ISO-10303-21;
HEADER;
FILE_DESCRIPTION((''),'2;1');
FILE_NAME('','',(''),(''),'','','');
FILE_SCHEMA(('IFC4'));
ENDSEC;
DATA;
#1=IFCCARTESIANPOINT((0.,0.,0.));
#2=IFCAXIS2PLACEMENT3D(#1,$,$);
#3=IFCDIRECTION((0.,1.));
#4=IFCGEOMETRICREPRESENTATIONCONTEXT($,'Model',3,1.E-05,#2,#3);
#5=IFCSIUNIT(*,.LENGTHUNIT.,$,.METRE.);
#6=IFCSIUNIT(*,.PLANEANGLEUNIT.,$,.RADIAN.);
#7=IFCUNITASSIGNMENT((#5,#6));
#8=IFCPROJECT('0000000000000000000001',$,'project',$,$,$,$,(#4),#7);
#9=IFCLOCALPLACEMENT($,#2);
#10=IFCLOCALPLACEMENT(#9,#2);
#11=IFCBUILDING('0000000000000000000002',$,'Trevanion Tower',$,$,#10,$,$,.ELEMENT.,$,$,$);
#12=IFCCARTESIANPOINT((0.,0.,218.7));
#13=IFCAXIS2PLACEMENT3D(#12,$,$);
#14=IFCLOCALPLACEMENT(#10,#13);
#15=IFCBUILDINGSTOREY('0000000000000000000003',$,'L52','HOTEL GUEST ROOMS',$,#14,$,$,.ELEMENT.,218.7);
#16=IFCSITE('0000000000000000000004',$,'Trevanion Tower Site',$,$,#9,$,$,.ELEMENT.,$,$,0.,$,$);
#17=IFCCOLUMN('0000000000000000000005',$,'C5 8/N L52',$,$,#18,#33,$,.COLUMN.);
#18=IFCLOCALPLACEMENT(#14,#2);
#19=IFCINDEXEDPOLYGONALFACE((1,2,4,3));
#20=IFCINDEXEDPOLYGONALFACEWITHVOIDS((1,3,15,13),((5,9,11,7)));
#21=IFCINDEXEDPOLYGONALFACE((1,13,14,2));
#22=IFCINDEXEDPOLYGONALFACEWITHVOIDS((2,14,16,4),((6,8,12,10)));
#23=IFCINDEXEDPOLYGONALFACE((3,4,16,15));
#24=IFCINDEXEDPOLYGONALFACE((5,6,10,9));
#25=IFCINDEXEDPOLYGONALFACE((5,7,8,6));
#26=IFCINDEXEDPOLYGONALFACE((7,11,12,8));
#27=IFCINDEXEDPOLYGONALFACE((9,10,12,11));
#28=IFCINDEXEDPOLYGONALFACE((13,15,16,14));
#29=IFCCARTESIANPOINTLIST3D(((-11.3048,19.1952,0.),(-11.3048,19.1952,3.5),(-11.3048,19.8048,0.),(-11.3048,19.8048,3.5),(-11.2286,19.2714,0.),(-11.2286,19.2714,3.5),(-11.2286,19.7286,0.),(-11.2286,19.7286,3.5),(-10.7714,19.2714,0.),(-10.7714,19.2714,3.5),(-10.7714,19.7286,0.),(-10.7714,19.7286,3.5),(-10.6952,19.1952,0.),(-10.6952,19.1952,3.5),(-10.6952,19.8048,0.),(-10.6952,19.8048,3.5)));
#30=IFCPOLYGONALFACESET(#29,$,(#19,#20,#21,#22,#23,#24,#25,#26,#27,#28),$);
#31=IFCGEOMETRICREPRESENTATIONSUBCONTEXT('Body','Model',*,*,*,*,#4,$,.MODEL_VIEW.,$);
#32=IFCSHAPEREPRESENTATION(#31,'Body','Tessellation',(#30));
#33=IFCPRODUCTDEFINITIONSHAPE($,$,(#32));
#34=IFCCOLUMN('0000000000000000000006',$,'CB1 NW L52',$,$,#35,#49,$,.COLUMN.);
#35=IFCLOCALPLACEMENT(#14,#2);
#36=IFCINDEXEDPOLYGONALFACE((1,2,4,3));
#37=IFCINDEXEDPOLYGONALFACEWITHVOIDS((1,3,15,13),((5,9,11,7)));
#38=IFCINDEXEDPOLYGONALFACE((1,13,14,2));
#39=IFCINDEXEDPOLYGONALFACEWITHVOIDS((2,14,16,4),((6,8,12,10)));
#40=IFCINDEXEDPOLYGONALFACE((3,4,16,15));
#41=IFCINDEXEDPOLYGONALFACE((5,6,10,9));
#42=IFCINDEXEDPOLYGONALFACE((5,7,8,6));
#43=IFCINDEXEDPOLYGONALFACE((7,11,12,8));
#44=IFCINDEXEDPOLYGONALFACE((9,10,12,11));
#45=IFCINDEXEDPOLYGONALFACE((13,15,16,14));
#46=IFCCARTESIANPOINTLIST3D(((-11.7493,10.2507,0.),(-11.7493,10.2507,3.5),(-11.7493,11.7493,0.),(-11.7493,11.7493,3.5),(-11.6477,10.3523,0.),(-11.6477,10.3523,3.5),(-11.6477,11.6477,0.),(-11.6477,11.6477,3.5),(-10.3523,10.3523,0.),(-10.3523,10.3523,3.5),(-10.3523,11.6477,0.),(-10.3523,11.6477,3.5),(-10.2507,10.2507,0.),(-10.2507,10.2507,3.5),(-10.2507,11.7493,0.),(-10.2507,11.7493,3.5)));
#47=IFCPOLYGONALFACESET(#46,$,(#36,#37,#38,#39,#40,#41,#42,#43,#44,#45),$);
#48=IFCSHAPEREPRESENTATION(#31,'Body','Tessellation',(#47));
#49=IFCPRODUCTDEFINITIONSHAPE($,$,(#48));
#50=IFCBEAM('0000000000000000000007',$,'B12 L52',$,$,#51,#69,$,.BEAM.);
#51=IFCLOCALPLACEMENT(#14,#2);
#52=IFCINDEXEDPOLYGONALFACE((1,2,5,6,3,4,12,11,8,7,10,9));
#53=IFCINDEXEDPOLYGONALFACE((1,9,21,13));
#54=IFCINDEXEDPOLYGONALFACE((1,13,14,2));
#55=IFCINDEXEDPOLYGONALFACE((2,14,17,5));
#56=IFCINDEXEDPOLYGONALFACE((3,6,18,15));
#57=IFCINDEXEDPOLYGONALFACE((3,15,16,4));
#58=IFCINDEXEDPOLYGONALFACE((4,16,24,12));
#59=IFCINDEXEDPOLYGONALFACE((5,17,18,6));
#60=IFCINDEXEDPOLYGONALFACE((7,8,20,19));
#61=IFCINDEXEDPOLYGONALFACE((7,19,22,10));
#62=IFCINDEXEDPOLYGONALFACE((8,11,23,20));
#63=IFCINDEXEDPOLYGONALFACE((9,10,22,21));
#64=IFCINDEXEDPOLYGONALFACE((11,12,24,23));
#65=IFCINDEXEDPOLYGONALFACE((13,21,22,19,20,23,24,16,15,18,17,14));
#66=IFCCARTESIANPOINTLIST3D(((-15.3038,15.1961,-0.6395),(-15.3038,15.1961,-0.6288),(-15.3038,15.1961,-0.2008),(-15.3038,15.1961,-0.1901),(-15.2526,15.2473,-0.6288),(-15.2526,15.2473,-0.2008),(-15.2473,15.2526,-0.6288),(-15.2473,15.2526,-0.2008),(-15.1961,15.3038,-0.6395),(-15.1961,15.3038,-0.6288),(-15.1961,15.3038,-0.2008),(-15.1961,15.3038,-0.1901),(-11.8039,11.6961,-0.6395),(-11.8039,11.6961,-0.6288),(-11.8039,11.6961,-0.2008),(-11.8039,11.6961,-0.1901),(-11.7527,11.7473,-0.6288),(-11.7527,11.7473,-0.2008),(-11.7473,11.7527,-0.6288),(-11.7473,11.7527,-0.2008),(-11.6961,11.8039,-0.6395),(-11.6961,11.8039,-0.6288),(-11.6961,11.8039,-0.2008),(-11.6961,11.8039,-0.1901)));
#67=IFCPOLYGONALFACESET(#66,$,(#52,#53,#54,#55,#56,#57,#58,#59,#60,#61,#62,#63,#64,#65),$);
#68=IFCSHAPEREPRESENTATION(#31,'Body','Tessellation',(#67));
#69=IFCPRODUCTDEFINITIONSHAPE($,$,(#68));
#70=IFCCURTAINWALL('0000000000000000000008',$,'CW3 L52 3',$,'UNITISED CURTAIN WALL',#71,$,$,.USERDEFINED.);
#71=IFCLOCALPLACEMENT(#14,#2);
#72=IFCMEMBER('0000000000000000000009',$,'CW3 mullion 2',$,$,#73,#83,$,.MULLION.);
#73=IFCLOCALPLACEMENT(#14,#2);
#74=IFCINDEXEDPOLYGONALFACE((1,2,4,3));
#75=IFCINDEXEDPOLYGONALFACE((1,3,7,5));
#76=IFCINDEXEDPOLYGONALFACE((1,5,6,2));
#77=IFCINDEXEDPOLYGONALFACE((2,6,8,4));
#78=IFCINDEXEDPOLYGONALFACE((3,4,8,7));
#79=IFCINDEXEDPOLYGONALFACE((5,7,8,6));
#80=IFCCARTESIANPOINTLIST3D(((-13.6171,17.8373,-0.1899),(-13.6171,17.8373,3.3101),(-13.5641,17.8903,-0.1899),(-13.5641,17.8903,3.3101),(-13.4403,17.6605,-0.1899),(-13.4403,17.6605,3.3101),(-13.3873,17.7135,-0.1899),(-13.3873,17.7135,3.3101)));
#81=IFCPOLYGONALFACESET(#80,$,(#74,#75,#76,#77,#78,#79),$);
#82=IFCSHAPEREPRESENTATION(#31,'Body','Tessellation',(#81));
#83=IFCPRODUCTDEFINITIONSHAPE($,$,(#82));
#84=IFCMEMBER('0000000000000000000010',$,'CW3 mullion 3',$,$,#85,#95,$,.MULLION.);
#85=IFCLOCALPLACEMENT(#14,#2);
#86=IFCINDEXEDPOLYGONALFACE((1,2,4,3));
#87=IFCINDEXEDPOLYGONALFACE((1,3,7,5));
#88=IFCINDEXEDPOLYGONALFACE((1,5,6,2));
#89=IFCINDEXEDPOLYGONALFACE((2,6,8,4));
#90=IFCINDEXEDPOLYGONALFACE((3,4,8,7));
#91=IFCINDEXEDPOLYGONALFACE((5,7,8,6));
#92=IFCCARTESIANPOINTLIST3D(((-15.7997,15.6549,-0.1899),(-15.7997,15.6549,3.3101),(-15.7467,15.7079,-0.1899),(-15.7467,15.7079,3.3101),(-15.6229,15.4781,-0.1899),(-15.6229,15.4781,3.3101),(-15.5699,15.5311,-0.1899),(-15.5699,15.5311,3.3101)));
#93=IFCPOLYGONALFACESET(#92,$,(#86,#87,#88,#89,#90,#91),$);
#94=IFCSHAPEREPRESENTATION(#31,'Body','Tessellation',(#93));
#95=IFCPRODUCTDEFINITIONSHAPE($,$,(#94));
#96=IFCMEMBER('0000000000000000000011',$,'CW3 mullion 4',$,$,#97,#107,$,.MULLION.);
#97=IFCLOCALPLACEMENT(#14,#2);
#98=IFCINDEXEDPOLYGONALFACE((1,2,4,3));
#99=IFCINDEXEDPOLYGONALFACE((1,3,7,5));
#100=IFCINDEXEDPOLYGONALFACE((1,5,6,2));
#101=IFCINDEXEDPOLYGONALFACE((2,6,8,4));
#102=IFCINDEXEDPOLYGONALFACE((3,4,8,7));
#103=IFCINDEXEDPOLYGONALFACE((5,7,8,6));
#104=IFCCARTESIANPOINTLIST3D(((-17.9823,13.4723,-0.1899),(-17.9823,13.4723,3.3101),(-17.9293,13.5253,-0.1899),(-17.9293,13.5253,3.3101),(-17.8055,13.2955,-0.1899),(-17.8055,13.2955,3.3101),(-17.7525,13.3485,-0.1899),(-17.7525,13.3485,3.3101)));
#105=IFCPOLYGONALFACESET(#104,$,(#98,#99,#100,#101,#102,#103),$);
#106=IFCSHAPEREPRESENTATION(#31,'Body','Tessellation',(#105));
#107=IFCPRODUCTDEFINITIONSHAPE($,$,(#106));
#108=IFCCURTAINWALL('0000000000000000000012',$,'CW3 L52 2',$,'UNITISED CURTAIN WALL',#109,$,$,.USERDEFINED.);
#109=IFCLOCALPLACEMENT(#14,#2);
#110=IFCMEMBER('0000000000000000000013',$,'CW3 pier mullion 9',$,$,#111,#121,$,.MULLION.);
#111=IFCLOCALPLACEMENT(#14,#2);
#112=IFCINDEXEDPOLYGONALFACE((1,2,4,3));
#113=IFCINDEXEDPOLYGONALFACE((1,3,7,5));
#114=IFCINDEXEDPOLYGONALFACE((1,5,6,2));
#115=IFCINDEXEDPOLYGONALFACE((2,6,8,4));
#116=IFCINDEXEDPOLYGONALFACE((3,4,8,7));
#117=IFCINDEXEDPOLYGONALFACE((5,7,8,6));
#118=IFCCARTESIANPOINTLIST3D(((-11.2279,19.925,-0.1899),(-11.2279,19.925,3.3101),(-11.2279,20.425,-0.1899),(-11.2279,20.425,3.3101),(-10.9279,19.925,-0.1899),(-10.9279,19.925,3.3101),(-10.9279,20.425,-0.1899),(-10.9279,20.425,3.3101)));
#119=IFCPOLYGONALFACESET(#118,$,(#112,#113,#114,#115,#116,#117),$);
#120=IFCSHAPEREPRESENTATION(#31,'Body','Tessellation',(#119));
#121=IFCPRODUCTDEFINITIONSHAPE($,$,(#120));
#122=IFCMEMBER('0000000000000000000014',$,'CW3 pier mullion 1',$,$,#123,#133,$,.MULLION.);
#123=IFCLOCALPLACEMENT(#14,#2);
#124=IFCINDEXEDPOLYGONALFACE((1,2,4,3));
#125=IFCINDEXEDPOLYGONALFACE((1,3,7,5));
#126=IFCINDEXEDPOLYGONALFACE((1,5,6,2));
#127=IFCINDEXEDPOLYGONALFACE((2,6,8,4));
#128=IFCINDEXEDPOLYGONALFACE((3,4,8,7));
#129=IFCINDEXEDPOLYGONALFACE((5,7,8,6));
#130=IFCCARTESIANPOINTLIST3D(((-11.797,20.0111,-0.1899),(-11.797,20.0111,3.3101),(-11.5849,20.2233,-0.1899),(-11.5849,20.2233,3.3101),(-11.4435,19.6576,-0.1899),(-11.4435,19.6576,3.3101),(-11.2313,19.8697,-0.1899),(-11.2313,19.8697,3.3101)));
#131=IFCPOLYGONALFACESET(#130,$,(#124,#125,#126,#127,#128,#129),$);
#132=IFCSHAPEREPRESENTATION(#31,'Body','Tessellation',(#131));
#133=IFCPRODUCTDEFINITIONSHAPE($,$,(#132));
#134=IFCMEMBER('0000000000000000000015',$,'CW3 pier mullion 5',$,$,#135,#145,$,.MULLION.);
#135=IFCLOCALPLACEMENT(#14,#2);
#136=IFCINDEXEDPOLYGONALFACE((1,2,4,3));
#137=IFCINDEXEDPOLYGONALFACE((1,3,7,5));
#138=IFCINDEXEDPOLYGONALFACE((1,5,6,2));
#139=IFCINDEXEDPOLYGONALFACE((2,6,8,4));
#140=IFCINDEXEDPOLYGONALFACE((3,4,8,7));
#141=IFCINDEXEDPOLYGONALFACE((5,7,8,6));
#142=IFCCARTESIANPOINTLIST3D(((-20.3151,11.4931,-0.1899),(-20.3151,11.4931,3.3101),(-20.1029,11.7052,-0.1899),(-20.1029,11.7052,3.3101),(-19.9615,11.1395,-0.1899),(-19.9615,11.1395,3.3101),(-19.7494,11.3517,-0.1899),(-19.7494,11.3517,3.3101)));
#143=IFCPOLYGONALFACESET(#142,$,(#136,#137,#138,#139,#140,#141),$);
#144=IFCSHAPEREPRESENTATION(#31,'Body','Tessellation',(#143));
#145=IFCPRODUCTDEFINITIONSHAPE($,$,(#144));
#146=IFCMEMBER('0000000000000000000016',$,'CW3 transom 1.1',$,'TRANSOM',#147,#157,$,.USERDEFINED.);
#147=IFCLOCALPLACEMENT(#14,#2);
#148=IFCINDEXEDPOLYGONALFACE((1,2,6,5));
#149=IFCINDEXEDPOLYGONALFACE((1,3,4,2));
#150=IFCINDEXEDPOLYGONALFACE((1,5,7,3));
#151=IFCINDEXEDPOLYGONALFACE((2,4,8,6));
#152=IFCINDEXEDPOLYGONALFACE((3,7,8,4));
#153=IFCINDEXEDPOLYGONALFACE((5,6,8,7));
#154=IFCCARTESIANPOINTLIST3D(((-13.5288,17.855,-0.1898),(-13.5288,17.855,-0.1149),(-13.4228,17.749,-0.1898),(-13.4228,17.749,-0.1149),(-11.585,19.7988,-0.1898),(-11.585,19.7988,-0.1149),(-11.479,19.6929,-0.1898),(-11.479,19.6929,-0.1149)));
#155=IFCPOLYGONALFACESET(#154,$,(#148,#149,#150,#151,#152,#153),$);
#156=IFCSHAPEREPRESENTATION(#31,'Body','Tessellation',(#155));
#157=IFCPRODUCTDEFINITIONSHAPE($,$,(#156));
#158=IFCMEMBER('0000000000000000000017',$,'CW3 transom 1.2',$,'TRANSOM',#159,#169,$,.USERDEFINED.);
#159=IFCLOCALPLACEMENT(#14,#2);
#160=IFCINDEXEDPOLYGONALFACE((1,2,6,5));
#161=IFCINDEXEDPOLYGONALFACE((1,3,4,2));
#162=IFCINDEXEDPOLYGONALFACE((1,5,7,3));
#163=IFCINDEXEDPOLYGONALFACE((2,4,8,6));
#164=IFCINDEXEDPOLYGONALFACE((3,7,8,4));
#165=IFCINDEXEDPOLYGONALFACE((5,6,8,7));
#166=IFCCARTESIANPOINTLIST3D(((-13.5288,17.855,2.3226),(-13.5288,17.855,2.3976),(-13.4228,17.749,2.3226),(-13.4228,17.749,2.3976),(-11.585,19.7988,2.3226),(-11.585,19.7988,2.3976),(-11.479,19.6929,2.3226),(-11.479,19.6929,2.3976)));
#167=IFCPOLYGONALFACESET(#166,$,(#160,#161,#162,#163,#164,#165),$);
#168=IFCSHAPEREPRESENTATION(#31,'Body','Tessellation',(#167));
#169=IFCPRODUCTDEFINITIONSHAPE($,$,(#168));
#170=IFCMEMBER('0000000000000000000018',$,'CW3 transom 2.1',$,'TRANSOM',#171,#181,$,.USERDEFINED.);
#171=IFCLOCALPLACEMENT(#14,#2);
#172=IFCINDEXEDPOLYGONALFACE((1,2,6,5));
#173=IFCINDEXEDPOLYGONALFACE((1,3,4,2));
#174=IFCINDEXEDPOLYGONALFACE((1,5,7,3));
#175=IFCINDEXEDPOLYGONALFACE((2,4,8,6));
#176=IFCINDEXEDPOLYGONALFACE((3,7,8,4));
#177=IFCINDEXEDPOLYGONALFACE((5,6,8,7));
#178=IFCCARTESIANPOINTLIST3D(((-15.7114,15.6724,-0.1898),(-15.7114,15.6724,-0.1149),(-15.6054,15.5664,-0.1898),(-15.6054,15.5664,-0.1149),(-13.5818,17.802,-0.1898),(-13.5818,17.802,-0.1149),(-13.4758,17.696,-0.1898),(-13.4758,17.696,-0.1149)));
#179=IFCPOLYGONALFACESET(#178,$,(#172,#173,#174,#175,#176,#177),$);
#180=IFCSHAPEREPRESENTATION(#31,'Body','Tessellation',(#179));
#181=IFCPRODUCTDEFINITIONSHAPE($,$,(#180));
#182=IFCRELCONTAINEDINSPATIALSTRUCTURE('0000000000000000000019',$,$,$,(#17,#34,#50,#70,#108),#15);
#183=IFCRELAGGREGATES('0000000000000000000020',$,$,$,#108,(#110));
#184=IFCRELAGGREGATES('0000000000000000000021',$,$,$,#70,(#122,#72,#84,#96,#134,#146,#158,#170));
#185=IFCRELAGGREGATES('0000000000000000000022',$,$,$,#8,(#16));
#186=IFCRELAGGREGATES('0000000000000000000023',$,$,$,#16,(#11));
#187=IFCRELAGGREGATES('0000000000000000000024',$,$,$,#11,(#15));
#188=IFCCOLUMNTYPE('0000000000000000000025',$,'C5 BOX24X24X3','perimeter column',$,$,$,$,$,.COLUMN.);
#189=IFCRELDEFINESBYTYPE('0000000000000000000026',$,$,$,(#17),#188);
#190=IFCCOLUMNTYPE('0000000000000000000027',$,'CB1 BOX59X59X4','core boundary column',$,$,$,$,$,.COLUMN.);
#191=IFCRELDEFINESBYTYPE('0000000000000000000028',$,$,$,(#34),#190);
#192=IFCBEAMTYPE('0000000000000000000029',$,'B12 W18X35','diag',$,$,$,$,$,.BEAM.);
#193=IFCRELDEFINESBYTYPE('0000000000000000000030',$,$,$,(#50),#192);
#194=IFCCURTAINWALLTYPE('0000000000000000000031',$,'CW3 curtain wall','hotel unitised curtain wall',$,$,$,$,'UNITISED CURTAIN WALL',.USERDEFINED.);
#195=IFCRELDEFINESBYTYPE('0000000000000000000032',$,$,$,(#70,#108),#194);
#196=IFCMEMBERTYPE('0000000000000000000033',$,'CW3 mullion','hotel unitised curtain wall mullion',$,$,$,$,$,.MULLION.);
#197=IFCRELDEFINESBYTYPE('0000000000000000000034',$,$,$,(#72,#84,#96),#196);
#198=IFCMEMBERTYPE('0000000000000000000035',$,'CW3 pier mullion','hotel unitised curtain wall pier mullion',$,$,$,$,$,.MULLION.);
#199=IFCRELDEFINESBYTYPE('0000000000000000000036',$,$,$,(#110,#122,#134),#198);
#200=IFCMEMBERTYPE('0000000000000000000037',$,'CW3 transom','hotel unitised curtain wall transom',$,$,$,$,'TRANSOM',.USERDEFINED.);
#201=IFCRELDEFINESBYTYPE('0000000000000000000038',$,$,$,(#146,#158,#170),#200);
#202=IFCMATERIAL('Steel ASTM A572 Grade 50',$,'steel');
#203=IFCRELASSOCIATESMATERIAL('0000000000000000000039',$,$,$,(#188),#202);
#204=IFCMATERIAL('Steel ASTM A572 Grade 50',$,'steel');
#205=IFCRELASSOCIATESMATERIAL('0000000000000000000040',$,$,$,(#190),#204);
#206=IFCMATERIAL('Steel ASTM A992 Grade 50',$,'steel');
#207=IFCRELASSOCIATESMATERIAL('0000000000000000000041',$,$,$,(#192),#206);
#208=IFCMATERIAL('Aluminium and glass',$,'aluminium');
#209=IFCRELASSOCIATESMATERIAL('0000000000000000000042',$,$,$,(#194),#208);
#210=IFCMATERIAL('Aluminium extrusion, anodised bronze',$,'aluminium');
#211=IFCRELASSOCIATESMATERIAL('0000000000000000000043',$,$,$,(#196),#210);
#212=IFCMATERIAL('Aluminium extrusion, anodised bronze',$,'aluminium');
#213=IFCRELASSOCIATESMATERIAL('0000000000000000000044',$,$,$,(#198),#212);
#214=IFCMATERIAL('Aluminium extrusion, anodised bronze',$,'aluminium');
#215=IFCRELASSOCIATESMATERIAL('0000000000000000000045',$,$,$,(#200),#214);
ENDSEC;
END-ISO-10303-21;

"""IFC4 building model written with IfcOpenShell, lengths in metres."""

from ifc_helpers import new_model, si_unit, direction, frame, origin, origin_2d, place, context, subcontext, project, spatial, rectangle, hollow_rectangle, i_section, extrude, material, material_profile, profile_set, type_object, element, aggregate, save


model = new_model("IFC4")

# Units and contexts
model_context = context("Model", 3, precision=1e-05, world=origin(), true_north=direction((0.0, 1.0)))
body_context = subcontext(model_context, "Body", "Model", "MODEL_VIEW")
ifc_project = project(units=[si_unit("LENGTHUNIT", "METRE"), si_unit("PLANEANGLEUNIT", "RADIAN")], contexts=[model_context])

# Site, building, storey
site_placement = place(None, origin())
site = spatial("IfcSite", under=ifc_project, at=site_placement, Name="Trevanion Tower Site", CompositionType="ELEMENT", RefElevation=0.0)
building_placement = place(site_placement, origin())
building = spatial("IfcBuilding", under=site, at=building_placement, Name="Trevanion Tower", CompositionType="ELEMENT")
storey_placement = place(building_placement, frame((0.0, 0.0, 218.7)))
storey = spatial("IfcBuildingStorey", under=building, at=storey_placement, Name="L52", Description="HOTEL GUEST ROOMS", CompositionType="ELEMENT", Elevation=218.7)

# Columns
ifc_material_1 = material(Name="Steel ASTM A572 Grade 50", Category="steel")
ifc_material_profile_1 = material_profile(ifc_material_1, hollow_rectangle(XDim=0.6096, YDim=0.6096, WallThickness=0.0762, at=origin_2d()), Name="BOX24X24X3")
ifc_profile_set_1 = profile_set([ifc_material_profile_1], Name="Steel ASTM A572 Grade 50")
column_type_1 = type_object("IfcColumnType", Name="C5 BOX24X24X3", Description="perimeter column", PredefinedType="COLUMN", material=ifc_profile_set_1)
column_1_placement = place(storey_placement, frame((-11.0, 19.5, 0.0), z_axis=(0.0, 0.0, 1.0), x_axis=(1.0, 0.0, 0.0)))
element("IfcColumn", 1, at=column_1_placement, inside=storey, type_object=column_type_1, Name="C5 8/N L52", PredefinedType="COLUMN", context=body_context, shape_type="SweptSolid", body=[
    extrude(hollow_rectangle(XDim=0.6096, YDim=0.6096, WallThickness=0.0762, at=origin_2d()), origin(), (0.0, 0.0, 1.0), 3.5),
])
ifc_material_2 = material(Name="Steel ASTM A572 Grade 50", Category="steel")
ifc_material_profile_2 = material_profile(ifc_material_2, hollow_rectangle(XDim=1.4985, YDim=1.4985, WallThickness=0.1016, at=origin_2d()), Name="BOX59X59X4")
ifc_profile_set_2 = profile_set([ifc_material_profile_2], Name="Steel ASTM A572 Grade 50")
column_type_2 = type_object("IfcColumnType", Name="CB1 BOX59X59X4", Description="core boundary column", PredefinedType="COLUMN", material=ifc_profile_set_2)
column_2_placement = place(storey_placement, frame((-11.0, 11.0, 0.0), z_axis=(0.0, 0.0, 1.0), x_axis=(1.0, 0.0, 0.0)))
element("IfcColumn", 2, at=column_2_placement, inside=storey, type_object=column_type_2, Name="CB1 NW L52", PredefinedType="COLUMN", context=body_context, shape_type="SweptSolid", body=[
    extrude(hollow_rectangle(XDim=1.4985, YDim=1.4985, WallThickness=0.1016, at=origin_2d()), origin(), (0.0, 0.0, 1.0), 3.5),
])

# Beam
ifc_material_3 = material(Name="Steel ASTM A992 Grade 50", Category="steel")
ifc_material_profile_3 = material_profile(ifc_material_3, i_section(OverallWidth=0.1523, OverallDepth=0.4495, WebThickness=0.0076, FlangeThickness=0.0107, at=origin_2d()), Name="W18X35")
ifc_profile_set_3 = profile_set([ifc_material_profile_3], Name="Steel ASTM A992 Grade 50")
beam_type_1 = type_object("IfcBeamType", Name="B12 W18X35", Description="diag", PredefinedType="BEAM", material=ifc_profile_set_3)
beam_1_placement = place(storey_placement, frame((-11.75, 11.75, -0.4148), z_axis=(-0.707107, 0.707107, 0.0), x_axis=(-0.707107, -0.707107, 0.0)))
element("IfcBeam", 3, at=beam_1_placement, inside=storey, type_object=beam_type_1, Name="B12 L52", PredefinedType="BEAM", context=body_context, shape_type="SweptSolid", body=[
    extrude(i_section(OverallWidth=0.1523, OverallDepth=0.4495, WebThickness=0.0076, FlangeThickness=0.0107, at=origin_2d()), origin(), (0.0, 0.0, 1.0), 4.9497),
])

# Curtain wall, members
ifc_material_4 = material(Name="Aluminium and glass", Category="aluminium")
curtain_wall_type = type_object("IfcCurtainWallType", Name="CW3 curtain wall", Description="hotel unitised curtain wall", ElementType="UNITISED CURTAIN WALL", PredefinedType="USERDEFINED", material=ifc_material_4)
curtain_wall_1_placement = place(storey_placement, origin())
curtain_wall_1 = element("IfcCurtainWall", 4, at=curtain_wall_1_placement, inside=storey, type_object=curtain_wall_type, Name="CW3 L52 3", ObjectType="UNITISED CURTAIN WALL", PredefinedType="USERDEFINED")
ifc_material_5 = material(Name="Aluminium extrusion, anodised bronze", Category="aluminium")
ifc_material_profile_4 = material_profile(ifc_material_5, rectangle(XDim=0.075, YDim=0.25, at=origin_2d()), Name="CW3 mullion")
ifc_profile_set_4 = profile_set([ifc_material_profile_4], Name="Aluminium extrusion, anodised bronze")
member_type_1 = type_object("IfcMemberType", Name="CW3 mullion", Description="hotel unitised curtain wall mullion", PredefinedType="MULLION", material=ifc_profile_set_4)
member_1_placement = place(storey_placement, frame((-13.5022, 17.7754, -0.1899), z_axis=(0.0, 0.0, 1.0), x_axis=(-0.707107, -0.707107, 0.0)))
member_1 = element("IfcMember", 5, at=member_1_placement, type_object=member_type_1, Name="CW3 mullion 2", PredefinedType="MULLION", context=body_context, shape_type="SweptSolid", body=[
    extrude(rectangle(XDim=0.075, YDim=0.25, at=origin_2d()), origin(), (0.0, 0.0, 1.0), 3.5),
])
member_2_placement = place(storey_placement, frame((-15.6848, 15.593, -0.1899), z_axis=(0.0, 0.0, 1.0), x_axis=(-0.707107, -0.707107, 0.0)))
member_2 = element("IfcMember", 6, at=member_2_placement, type_object=member_type_1, Name="CW3 mullion 3", PredefinedType="MULLION", context=body_context, shape_type="SweptSolid", body=[
    extrude(rectangle(XDim=0.075, YDim=0.25, at=origin_2d()), origin(), (0.0, 0.0, 1.0), 3.5),
])
member_3_placement = place(storey_placement, frame((-17.8674, 13.4104, -0.1899), z_axis=(0.0, 0.0, 1.0), x_axis=(-0.707107, -0.707107, 0.0)))
member_3 = element("IfcMember", 7, at=member_3_placement, type_object=member_type_1, Name="CW3 mullion 4", PredefinedType="MULLION", context=body_context, shape_type="SweptSolid", body=[
    extrude(rectangle(XDim=0.075, YDim=0.25, at=origin_2d()), origin(), (0.0, 0.0, 1.0), 3.5),
])

# Curtain wall, member
curtain_wall_2_placement = place(storey_placement, origin())
curtain_wall_2 = element("IfcCurtainWall", 8, at=curtain_wall_2_placement, inside=storey, type_object=curtain_wall_type, Name="CW3 L52 2", ObjectType="UNITISED CURTAIN WALL", PredefinedType="USERDEFINED")
ifc_material_6 = material(Name="Aluminium extrusion, anodised bronze", Category="aluminium")
ifc_material_profile_5 = material_profile(ifc_material_6, rectangle(XDim=0.3, YDim=0.5, at=origin_2d()), Name="CW3 pier mullion")
ifc_profile_set_5 = profile_set([ifc_material_profile_5], Name="Aluminium extrusion, anodised bronze")
member_type_2 = type_object("IfcMemberType", Name="CW3 pier mullion", Description="hotel unitised curtain wall pier mullion", PredefinedType="MULLION", material=ifc_profile_set_5)
member_4_placement = place(storey_placement, frame((-11.0779, 20.175, -0.1899), z_axis=(0.0, 0.0, 1.0), x_axis=(-1.0, 0.0, 0.0)))
member_4 = element("IfcMember", 9, at=member_4_placement, type_object=member_type_2, Name="CW3 pier mullion 9", PredefinedType="MULLION", context=body_context, shape_type="SweptSolid", body=[
    extrude(rectangle(XDim=0.3, YDim=0.5, at=origin_2d()), origin(), (0.0, 0.0, 1.0), 3.5),
])
aggregate(curtain_wall_2, [member_4])

# Members
member_5_placement = place(storey_placement, frame((-11.5142, 19.9404, -0.1899), z_axis=(0.0, 0.0, 1.0), x_axis=(-0.707107, -0.707107, 0.0)))
member_5 = element("IfcMember", 10, at=member_5_placement, type_object=member_type_2, Name="CW3 pier mullion 1", PredefinedType="MULLION", context=body_context, shape_type="SweptSolid", body=[
    extrude(rectangle(XDim=0.3, YDim=0.5, at=origin_2d()), origin(), (0.0, 0.0, 1.0), 3.5),
])
member_6_placement = place(storey_placement, frame((-20.0322, 11.4224, -0.1899), z_axis=(0.0, 0.0, 1.0), x_axis=(-0.707107, -0.707107, 0.0)))
member_6 = element("IfcMember", 11, at=member_6_placement, type_object=member_type_2, Name="CW3 pier mullion 5", PredefinedType="MULLION", context=body_context, shape_type="SweptSolid", body=[
    extrude(rectangle(XDim=0.3, YDim=0.5, at=origin_2d()), origin(), (0.0, 0.0, 1.0), 3.5),
])
ifc_material_7 = material(Name="Aluminium extrusion, anodised bronze", Category="aluminium")
ifc_material_profile_6 = material_profile(ifc_material_7, rectangle(XDim=0.1499, YDim=0.075, at=origin_2d()), Name="CW3 transom")
ifc_profile_set_6 = profile_set([ifc_material_profile_6], Name="Aluminium extrusion, anodised bronze")
member_type_3 = type_object("IfcMemberType", Name="CW3 transom", Description="hotel unitised curtain wall transom", ElementType="TRANSOM", PredefinedType="USERDEFINED", material=ifc_profile_set_6)
member_7_placement = place(storey_placement, frame((-11.532, 19.7458, -0.1523), z_axis=(-0.707107, -0.707107, 0.0), x_axis=(0.707107, -0.707107, 0.0)))
member_7 = element("IfcMember", 12, at=member_7_placement, type_object=member_type_3, Name="CW3 transom 1.1", ObjectType="TRANSOM", PredefinedType="USERDEFINED", context=body_context, shape_type="SweptSolid", body=[
    extrude(rectangle(XDim=0.1499, YDim=0.075, at=origin_2d()), origin(), (0.0, 0.0, 1.0), 2.749),
])
member_8_placement = place(storey_placement, frame((-11.532, 19.7458, 2.3601), z_axis=(-0.707107, -0.707107, 0.0), x_axis=(0.707107, -0.707107, 0.0)))
member_8 = element("IfcMember", 13, at=member_8_placement, type_object=member_type_3, Name="CW3 transom 1.2", ObjectType="TRANSOM", PredefinedType="USERDEFINED", context=body_context, shape_type="SweptSolid", body=[
    extrude(rectangle(XDim=0.1499, YDim=0.075, at=origin_2d()), origin(), (0.0, 0.0, 1.0), 2.749),
])
member_9_placement = place(storey_placement, frame((-13.5288, 17.749, -0.1523), z_axis=(-0.707107, -0.707107, 0.0), x_axis=(0.707107, -0.707107, 0.0)))
member_9 = element("IfcMember", 14, at=member_9_placement, type_object=member_type_3, Name="CW3 transom 2.1", ObjectType="TRANSOM", PredefinedType="USERDEFINED", context=body_context, shape_type="SweptSolid", body=[
    extrude(rectangle(XDim=0.1499, YDim=0.075, at=origin_2d()), origin(), (0.0, 0.0, 1.0), 3.0117),
])

aggregate(curtain_wall_1, [member_5, member_1, member_2, member_3, member_6, member_7, member_8, member_9])

save(model, "model.ifc")
